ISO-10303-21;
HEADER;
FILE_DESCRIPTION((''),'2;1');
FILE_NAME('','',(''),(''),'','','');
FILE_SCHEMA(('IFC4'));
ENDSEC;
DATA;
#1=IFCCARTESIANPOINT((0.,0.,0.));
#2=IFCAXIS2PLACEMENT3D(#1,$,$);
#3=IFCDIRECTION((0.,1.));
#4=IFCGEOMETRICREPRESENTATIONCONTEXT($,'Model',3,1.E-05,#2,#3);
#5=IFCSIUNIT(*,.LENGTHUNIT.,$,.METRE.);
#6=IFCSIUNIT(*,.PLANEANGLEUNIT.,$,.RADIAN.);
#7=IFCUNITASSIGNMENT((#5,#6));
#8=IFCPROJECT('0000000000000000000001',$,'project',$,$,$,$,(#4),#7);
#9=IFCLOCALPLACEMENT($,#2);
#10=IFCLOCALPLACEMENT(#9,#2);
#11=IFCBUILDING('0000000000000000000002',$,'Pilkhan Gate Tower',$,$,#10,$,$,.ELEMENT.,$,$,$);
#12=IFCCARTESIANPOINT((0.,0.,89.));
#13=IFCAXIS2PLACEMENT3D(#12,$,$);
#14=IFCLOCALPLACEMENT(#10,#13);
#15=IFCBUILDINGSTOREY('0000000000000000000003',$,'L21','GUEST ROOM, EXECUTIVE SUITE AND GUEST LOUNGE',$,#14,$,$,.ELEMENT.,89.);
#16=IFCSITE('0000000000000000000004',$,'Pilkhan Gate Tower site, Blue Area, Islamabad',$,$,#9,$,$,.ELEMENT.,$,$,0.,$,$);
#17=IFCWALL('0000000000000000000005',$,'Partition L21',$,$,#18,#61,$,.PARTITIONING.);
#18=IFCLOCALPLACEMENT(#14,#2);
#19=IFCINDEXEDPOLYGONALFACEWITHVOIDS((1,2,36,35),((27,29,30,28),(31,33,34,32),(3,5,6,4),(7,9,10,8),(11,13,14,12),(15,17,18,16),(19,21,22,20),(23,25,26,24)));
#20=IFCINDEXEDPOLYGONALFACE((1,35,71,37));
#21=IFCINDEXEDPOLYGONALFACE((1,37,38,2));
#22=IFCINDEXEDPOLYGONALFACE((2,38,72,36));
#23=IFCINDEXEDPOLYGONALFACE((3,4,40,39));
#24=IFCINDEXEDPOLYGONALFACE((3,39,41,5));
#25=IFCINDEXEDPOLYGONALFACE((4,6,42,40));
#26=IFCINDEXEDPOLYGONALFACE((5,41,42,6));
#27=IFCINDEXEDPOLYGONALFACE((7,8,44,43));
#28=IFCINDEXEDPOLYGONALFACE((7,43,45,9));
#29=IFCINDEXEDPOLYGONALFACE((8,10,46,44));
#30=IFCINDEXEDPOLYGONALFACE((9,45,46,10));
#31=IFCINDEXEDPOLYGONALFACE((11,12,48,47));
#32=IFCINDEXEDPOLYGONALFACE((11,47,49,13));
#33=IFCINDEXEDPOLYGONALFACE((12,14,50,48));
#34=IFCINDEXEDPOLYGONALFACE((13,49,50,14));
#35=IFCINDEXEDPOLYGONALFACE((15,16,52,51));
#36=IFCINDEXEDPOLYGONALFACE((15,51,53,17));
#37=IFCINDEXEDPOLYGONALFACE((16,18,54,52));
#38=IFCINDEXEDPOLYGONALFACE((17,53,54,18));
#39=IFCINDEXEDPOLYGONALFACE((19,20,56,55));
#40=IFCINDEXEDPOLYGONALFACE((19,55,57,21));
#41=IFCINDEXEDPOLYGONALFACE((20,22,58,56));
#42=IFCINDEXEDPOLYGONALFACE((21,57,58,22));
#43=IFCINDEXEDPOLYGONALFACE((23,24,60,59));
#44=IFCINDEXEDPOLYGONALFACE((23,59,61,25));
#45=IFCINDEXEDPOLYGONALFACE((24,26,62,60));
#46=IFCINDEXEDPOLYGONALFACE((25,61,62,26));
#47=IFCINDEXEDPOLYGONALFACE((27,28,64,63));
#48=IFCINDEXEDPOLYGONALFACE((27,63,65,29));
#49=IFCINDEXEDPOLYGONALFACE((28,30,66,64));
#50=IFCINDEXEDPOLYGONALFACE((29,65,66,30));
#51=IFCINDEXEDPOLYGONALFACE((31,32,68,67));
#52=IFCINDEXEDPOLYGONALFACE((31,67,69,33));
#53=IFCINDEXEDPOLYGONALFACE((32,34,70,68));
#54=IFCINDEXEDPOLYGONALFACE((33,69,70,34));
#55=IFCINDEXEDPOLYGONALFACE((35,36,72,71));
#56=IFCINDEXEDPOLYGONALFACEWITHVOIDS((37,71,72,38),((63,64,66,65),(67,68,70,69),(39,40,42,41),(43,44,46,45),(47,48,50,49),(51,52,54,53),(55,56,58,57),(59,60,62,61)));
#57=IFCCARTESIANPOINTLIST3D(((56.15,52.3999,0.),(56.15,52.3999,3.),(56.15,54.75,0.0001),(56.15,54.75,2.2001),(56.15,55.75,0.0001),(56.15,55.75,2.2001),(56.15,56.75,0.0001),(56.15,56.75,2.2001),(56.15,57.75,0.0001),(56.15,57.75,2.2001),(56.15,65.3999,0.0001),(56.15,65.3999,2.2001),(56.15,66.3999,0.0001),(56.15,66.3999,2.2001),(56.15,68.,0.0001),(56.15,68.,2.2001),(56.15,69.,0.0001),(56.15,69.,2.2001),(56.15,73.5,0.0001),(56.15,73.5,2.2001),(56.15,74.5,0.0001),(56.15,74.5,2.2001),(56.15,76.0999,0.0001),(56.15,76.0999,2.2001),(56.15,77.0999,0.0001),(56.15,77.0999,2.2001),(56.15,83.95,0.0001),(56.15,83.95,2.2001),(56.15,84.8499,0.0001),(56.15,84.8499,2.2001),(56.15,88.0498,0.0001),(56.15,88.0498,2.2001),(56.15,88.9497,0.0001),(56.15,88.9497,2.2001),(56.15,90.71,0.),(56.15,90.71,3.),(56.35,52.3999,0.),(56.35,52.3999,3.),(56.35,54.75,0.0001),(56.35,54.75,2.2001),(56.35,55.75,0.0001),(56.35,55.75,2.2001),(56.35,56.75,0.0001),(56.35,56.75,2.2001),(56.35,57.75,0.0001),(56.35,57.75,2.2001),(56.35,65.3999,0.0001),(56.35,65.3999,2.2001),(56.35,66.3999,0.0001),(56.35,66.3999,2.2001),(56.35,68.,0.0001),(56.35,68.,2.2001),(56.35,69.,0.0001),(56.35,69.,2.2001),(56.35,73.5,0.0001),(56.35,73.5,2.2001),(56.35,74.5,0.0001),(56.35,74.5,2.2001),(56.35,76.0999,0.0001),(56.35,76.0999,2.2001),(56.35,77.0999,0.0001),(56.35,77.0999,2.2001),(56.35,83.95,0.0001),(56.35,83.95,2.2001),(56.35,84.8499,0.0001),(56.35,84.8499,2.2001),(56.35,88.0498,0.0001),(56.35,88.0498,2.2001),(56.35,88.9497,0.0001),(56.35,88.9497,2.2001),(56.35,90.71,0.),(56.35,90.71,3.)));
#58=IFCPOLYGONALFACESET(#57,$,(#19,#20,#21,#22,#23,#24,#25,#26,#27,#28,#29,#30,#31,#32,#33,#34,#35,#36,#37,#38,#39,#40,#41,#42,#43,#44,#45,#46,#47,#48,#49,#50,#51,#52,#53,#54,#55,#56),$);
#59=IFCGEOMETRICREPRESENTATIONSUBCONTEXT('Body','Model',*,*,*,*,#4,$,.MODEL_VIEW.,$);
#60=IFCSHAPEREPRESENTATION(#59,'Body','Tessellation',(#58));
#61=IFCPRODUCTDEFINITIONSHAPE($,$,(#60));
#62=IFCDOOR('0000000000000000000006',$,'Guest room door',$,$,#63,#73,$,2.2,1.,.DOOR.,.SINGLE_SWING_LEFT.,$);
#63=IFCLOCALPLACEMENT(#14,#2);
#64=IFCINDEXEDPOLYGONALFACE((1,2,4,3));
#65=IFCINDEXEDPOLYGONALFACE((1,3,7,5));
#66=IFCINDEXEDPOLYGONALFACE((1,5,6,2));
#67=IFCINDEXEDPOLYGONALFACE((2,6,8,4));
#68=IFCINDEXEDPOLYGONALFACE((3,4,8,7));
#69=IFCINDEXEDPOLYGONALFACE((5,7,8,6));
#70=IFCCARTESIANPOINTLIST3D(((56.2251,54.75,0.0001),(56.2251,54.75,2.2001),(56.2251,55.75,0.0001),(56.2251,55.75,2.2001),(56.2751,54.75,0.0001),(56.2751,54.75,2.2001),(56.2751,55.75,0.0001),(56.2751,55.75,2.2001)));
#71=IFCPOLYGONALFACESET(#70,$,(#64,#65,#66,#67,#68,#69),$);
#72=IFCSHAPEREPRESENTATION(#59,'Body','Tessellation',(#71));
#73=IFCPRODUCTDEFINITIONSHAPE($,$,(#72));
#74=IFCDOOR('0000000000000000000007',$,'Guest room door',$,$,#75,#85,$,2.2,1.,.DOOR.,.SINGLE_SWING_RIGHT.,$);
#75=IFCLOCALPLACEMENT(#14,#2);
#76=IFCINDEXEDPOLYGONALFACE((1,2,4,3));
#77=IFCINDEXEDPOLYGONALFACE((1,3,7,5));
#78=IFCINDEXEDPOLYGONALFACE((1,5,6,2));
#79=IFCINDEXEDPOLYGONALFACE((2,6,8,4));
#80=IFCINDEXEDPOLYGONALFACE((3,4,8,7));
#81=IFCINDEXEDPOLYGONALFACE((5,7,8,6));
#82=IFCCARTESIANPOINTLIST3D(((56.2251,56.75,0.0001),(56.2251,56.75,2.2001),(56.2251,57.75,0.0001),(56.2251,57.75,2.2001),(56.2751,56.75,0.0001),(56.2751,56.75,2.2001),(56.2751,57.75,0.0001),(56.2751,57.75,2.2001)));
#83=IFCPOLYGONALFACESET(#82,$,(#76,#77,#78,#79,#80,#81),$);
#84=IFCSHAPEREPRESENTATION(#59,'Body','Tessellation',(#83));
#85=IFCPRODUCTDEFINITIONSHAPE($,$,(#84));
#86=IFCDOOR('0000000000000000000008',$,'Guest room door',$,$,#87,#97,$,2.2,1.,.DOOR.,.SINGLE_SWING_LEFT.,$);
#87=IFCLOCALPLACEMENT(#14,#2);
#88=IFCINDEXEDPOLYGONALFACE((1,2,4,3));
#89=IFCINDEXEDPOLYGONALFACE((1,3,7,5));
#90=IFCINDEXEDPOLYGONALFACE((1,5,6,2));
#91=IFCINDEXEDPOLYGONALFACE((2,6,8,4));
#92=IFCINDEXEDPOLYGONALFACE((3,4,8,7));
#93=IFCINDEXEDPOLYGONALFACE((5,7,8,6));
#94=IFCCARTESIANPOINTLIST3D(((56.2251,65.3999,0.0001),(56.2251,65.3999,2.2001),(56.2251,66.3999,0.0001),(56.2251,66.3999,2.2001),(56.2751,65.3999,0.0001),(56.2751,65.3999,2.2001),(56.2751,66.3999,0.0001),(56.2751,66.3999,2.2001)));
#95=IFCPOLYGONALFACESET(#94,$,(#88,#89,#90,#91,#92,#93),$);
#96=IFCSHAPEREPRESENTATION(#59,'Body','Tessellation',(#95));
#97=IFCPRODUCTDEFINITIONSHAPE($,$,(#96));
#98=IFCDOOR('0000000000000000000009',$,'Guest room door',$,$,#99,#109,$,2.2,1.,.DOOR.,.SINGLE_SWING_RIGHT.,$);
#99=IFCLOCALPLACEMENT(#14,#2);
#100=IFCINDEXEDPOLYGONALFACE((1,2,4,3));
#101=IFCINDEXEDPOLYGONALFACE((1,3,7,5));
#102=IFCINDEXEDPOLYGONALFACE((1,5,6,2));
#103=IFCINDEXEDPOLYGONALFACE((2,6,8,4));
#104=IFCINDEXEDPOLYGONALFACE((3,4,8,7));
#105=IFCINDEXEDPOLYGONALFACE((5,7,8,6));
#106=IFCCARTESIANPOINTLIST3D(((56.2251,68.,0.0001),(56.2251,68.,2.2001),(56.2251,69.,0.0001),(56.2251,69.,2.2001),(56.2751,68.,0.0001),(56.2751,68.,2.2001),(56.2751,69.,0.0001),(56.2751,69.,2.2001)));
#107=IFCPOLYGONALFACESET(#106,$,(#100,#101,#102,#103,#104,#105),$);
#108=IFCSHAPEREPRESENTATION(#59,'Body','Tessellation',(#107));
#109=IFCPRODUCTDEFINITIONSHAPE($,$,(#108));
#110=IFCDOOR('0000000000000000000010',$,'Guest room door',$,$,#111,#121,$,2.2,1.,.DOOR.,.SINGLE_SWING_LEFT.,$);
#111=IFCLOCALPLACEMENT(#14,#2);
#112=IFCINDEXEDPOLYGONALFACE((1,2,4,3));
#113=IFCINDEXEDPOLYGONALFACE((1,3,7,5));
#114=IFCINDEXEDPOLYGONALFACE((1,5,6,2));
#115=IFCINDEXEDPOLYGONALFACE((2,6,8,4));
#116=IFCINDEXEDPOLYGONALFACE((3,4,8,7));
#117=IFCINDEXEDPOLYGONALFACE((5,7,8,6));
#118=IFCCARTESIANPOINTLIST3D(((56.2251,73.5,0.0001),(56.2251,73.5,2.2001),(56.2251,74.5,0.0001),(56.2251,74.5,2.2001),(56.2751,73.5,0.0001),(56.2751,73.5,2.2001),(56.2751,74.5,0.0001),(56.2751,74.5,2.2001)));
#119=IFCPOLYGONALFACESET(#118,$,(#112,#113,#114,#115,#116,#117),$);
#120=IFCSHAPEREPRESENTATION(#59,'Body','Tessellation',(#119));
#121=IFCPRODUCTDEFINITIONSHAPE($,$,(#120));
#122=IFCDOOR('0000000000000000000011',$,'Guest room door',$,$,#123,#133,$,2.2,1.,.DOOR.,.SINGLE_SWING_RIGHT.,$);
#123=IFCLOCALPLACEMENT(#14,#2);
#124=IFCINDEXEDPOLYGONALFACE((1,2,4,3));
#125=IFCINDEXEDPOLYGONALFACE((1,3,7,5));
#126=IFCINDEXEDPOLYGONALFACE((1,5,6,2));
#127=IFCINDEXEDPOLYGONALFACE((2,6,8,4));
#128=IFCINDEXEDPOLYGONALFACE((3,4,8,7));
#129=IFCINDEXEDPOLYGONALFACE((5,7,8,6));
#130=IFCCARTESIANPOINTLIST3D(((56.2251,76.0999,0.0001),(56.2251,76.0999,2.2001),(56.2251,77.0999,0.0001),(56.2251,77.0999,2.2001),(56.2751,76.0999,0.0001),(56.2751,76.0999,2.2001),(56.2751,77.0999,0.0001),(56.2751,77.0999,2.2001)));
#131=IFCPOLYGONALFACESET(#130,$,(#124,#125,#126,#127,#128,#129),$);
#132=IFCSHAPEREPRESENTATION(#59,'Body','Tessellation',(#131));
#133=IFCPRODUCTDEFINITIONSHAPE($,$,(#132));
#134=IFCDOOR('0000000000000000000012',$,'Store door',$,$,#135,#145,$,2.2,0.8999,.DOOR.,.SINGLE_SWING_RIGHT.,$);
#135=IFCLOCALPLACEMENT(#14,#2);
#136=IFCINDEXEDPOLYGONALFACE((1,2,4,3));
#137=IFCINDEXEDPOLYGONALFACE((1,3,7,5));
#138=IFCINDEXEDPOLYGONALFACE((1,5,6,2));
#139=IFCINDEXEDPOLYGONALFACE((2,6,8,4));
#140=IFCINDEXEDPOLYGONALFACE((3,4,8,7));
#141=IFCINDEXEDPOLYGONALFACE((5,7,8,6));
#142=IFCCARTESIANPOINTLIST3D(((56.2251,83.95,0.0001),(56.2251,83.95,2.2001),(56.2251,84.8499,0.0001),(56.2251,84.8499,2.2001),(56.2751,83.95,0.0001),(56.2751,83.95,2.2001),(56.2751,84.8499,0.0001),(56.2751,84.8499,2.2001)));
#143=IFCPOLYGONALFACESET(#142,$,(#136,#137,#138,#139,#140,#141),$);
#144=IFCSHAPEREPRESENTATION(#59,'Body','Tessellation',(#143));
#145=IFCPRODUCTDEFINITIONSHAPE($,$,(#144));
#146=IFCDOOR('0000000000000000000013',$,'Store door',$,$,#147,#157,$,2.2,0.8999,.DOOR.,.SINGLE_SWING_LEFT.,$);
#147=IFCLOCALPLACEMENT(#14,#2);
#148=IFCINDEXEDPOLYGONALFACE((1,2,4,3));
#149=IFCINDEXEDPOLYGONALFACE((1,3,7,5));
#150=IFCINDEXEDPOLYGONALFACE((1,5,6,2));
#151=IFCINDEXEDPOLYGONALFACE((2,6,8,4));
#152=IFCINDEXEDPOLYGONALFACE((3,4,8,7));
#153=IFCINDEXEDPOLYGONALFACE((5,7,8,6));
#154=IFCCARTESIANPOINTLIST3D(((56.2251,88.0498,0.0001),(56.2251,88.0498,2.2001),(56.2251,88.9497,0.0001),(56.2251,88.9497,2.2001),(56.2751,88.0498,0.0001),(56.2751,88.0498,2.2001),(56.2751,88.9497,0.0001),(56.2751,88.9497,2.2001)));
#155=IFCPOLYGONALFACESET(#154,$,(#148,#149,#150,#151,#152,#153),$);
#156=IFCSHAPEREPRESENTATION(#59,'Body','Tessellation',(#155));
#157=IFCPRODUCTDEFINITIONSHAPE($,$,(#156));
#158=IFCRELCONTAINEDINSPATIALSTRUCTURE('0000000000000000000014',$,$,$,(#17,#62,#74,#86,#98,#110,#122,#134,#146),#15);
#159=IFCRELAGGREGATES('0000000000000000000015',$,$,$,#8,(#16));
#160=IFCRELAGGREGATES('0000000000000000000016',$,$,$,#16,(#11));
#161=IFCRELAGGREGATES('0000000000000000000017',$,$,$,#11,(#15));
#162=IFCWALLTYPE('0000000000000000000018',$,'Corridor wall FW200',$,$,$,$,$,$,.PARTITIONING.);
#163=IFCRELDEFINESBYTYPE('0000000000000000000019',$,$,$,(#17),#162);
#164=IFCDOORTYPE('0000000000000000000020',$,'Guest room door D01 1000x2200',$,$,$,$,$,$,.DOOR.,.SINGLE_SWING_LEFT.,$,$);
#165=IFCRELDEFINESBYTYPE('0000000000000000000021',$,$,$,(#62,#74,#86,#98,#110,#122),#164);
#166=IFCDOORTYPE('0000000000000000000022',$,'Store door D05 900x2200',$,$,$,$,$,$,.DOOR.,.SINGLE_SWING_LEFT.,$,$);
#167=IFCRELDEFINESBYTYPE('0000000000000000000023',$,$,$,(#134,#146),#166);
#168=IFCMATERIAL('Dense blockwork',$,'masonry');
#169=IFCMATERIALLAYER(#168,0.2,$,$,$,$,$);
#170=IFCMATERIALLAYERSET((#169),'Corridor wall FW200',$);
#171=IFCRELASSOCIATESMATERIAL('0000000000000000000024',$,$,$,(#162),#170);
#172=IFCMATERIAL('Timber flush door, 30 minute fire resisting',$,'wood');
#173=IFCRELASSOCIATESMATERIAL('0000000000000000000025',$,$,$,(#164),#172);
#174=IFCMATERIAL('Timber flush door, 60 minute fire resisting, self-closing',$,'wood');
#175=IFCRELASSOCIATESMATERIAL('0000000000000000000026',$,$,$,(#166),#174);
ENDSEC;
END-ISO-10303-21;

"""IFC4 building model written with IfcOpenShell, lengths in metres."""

from ifc_helpers import new_model, si_unit, direction, frame, frame_2d, origin, place, context, subcontext, project, spatial, rectangle, extrude, material, layer, layer_set, type_object, element, fill, save


model = new_model("IFC4")

# Units and contexts
model_context = context("Model", 3, precision=1e-05, world=origin(), true_north=direction((0.0, 1.0)))
body_context = subcontext(model_context, "Body", "Model", "MODEL_VIEW")
ifc_project = project(units=[si_unit("LENGTHUNIT", "METRE"), si_unit("PLANEANGLEUNIT", "RADIAN")], contexts=[model_context])

# Site, building, storey
site_placement = place(None, origin())
site = spatial("IfcSite", under=ifc_project, at=site_placement, Name="Pilkhan Gate Tower site, Blue Area, Islamabad", CompositionType="ELEMENT", RefElevation=0.0)
building_placement = place(site_placement, origin())
building = spatial("IfcBuilding", under=site, at=building_placement, Name="Pilkhan Gate Tower", CompositionType="ELEMENT")
storey_placement = place(building_placement, frame((0.0, 0.0, 89.0)))
storey = spatial("IfcBuildingStorey", under=building, at=storey_placement, Name="L21", Description="GUEST ROOM, EXECUTIVE SUITE AND GUEST LOUNGE", CompositionType="ELEMENT", Elevation=89.0)

# Wall, openings, doors
ifc_material_1 = material(Name="Dense blockwork", Category="masonry")
ifc_layer_1 = layer(ifc_material_1, 0.2)
ifc_layer_set_1 = layer_set([ifc_layer_1], Name="Corridor wall FW200")
wall_type_1 = type_object("IfcWallType", Name="Corridor wall FW200", PredefinedType="PARTITIONING", material=ifc_layer_set_1)
ifc_material_2 = material(Name="Timber flush door, 30 minute fire resisting", Category="wood")
wall_1_placement = place(storey_placement, frame((56.25, 52.3999, 0.0), z_axis=(0.0, 0.0, 1.0), x_axis=(0.0, 1.0, 0.0)))
wall_1 = element("IfcWall", 1, at=wall_1_placement, inside=storey, type_object=wall_type_1, Name="Partition L21", PredefinedType="PARTITIONING", context=body_context, shape_type="SweptSolid", body=[
    extrude(rectangle(XDim=38.3101, YDim=0.2, at=frame_2d((19.155, 0.0))), origin(), (0.0, 0.0, 1.0), 3.0),
])
opening_1_placement = place(wall_1_placement, frame((2.3501, 0.0, 0.0)))
opening_1 = element("IfcOpeningElement", 2, at=opening_1_placement, cuts=wall_1, PredefinedType="OPENING", context=body_context, shape_type="SweptSolid", body=[
    extrude(rectangle(XDim=1.0, YDim=2.2, at=frame_2d((0.5, 1.1001))), frame((0.0, 0.1099, 0.0), z_axis=(0.0, -1.0, 0.0), x_axis=(1.0, 0.0, 0.0)), (0.0, 0.0, 1.0), 0.22),
])
opening_2_placement = place(wall_1_placement, frame((4.3501, 0.0, 0.0)))
opening_2 = element("IfcOpeningElement", 3, at=opening_2_placement, cuts=wall_1, PredefinedType="OPENING", context=body_context, shape_type="SweptSolid", body=[
    extrude(rectangle(XDim=1.0, YDim=2.2, at=frame_2d((0.5, 1.1001))), frame((0.0, 0.1099, 0.0), z_axis=(0.0, -1.0, 0.0), x_axis=(1.0, 0.0, 0.0)), (0.0, 0.0, 1.0), 0.22),
])
opening_3_placement = place(wall_1_placement, frame((13.0, 0.0, 0.0)))
opening_3 = element("IfcOpeningElement", 4, at=opening_3_placement, cuts=wall_1, PredefinedType="OPENING", context=body_context, shape_type="SweptSolid", body=[
    extrude(rectangle(XDim=1.0, YDim=2.2, at=frame_2d((0.5, 1.1001))), frame((0.0, 0.1099, 0.0), z_axis=(0.0, -1.0, 0.0), x_axis=(1.0, 0.0, 0.0)), (0.0, 0.0, 1.0), 0.22),
])
opening_4_placement = place(wall_1_placement, frame((15.6001, 0.0, 0.0)))
opening_4 = element("IfcOpeningElement", 5, at=opening_4_placement, cuts=wall_1, PredefinedType="OPENING", context=body_context, shape_type="SweptSolid", body=[
    extrude(rectangle(XDim=1.0, YDim=2.2, at=frame_2d((0.5, 1.1001))), frame((0.0, 0.1099, 0.0), z_axis=(0.0, -1.0, 0.0), x_axis=(1.0, 0.0, 0.0)), (0.0, 0.0, 1.0), 0.22),
])
opening_5_placement = place(wall_1_placement, frame((21.1001, 0.0, 0.0)))
opening_5 = element("IfcOpeningElement", 6, at=opening_5_placement, cuts=wall_1, PredefinedType="OPENING", context=body_context, shape_type="SweptSolid", body=[
    extrude(rectangle(XDim=1.0, YDim=2.2, at=frame_2d((0.5, 1.1001))), frame((0.0, 0.1099, 0.0), z_axis=(0.0, -1.0, 0.0), x_axis=(1.0, 0.0, 0.0)), (0.0, 0.0, 1.0), 0.22),
])
opening_6_placement = place(wall_1_placement, frame((23.7, 0.0, 0.0)))
opening_6 = element("IfcOpeningElement", 7, at=opening_6_placement, cuts=wall_1, PredefinedType="OPENING", context=body_context, shape_type="SweptSolid", body=[
    extrude(rectangle(XDim=1.0, YDim=2.2, at=frame_2d((0.5, 1.1001))), frame((0.0, 0.1099, 0.0), z_axis=(0.0, -1.0, 0.0), x_axis=(1.0, 0.0, 0.0)), (0.0, 0.0, 1.0), 0.22),
])
opening_7_placement = place(wall_1_placement, frame((31.55, 0.0, 0.0)))
opening_7 = element("IfcOpeningElement", 8, at=opening_7_placement, cuts=wall_1, PredefinedType="OPENING", context=body_context, shape_type="SweptSolid", body=[
    extrude(rectangle(XDim=0.8999, YDim=2.2, at=frame_2d((0.45, 1.1001))), frame((0.0, 0.1099, 0.0), z_axis=(0.0, -1.0, 0.0), x_axis=(1.0, 0.0, 0.0)), (0.0, 0.0, 1.0), 0.22),
])
opening_8_placement = place(wall_1_placement, frame((35.6499, 0.0, 0.0)))
opening_8 = element("IfcOpeningElement", 9, at=opening_8_placement, cuts=wall_1, PredefinedType="OPENING", context=body_context, shape_type="SweptSolid", body=[
    extrude(rectangle(XDim=0.8999, YDim=2.2, at=frame_2d((0.45, 1.1001))), frame((0.0, 0.1099, 0.0), z_axis=(0.0, -1.0, 0.0), x_axis=(1.0, 0.0, 0.0)), (0.0, 0.0, 1.0), 0.22),
])
door_type_1 = type_object("IfcDoorType", Name="Guest room door D01 1000x2200", OperationType="SINGLE_SWING_LEFT", PredefinedType="DOOR", material=ifc_material_2)
door_1_placement = place(opening_1_placement, origin())
door_1 = element("IfcDoor", 10, at=door_1_placement, inside=storey, type_object=door_type_1, Name="Guest room door", OperationType="SINGLE_SWING_LEFT", OverallHeight=2.2, OverallWidth=1.0, PredefinedType="DOOR", context=body_context, shape_type="SweptSolid", body=[
    extrude(rectangle(XDim=1.0, YDim=2.2, at=frame_2d((0.5, 1.1001))), frame((0.0, 0.0249, 0.0), z_axis=(0.0, -1.0, 0.0), x_axis=(1.0, 0.0, 0.0)), (0.0, 0.0, 1.0), 0.05),
])
fill(opening_1, door_1)
door_2_placement = place(opening_2_placement, origin())
door_2 = element("IfcDoor", 11, at=door_2_placement, inside=storey, type_object=door_type_1, Name="Guest room door", OperationType="SINGLE_SWING_RIGHT", OverallHeight=2.2, OverallWidth=1.0, PredefinedType="DOOR", context=body_context, shape_type="SweptSolid", body=[
    extrude(rectangle(XDim=1.0, YDim=2.2, at=frame_2d((0.5, 1.1001))), frame((0.0, 0.0249, 0.0), z_axis=(0.0, -1.0, 0.0), x_axis=(1.0, 0.0, 0.0)), (0.0, 0.0, 1.0), 0.05),
])
fill(opening_2, door_2)
door_3_placement = place(opening_3_placement, origin())
door_3 = element("IfcDoor", 12, at=door_3_placement, inside=storey, type_object=door_type_1, Name="Guest room door", OperationType="SINGLE_SWING_LEFT", OverallHeight=2.2, OverallWidth=1.0, PredefinedType="DOOR", context=body_context, shape_type="SweptSolid", body=[
    extrude(rectangle(XDim=1.0, YDim=2.2, at=frame_2d((0.5, 1.1001))), frame((0.0, 0.0249, 0.0), z_axis=(0.0, -1.0, 0.0), x_axis=(1.0, 0.0, 0.0)), (0.0, 0.0, 1.0), 0.05),
])
fill(opening_3, door_3)
door_4_placement = place(opening_4_placement, origin())
door_4 = element("IfcDoor", 13, at=door_4_placement, inside=storey, type_object=door_type_1, Name="Guest room door", OperationType="SINGLE_SWING_RIGHT", OverallHeight=2.2, OverallWidth=1.0, PredefinedType="DOOR", context=body_context, shape_type="SweptSolid", body=[
    extrude(rectangle(XDim=1.0, YDim=2.2, at=frame_2d((0.5, 1.1001))), frame((0.0, 0.0249, 0.0), z_axis=(0.0, -1.0, 0.0), x_axis=(1.0, 0.0, 0.0)), (0.0, 0.0, 1.0), 0.05),
])
fill(opening_4, door_4)
door_5_placement = place(opening_5_placement, origin())
door_5 = element("IfcDoor", 14, at=door_5_placement, inside=storey, type_object=door_type_1, Name="Guest room door", OperationType="SINGLE_SWING_LEFT", OverallHeight=2.2, OverallWidth=1.0, PredefinedType="DOOR", context=body_context, shape_type="SweptSolid", body=[
    extrude(rectangle(XDim=1.0, YDim=2.2, at=frame_2d((0.5, 1.1001))), frame((0.0, 0.0249, 0.0), z_axis=(0.0, -1.0, 0.0), x_axis=(1.0, 0.0, 0.0)), (0.0, 0.0, 1.0), 0.05),
])
fill(opening_5, door_5)
door_6_placement = place(opening_6_placement, origin())
door_6 = element("IfcDoor", 15, at=door_6_placement, inside=storey, type_object=door_type_1, Name="Guest room door", OperationType="SINGLE_SWING_RIGHT", OverallHeight=2.2, OverallWidth=1.0, PredefinedType="DOOR", context=body_context, shape_type="SweptSolid", body=[
    extrude(rectangle(XDim=1.0, YDim=2.2, at=frame_2d((0.5, 1.1001))), frame((0.0, 0.0249, 0.0), z_axis=(0.0, -1.0, 0.0), x_axis=(1.0, 0.0, 0.0)), (0.0, 0.0, 1.0), 0.05),
])
fill(opening_6, door_6)
ifc_material_3 = material(Name="Timber flush door, 60 minute fire resisting, self-closing", Category="wood")
door_type_2 = type_object("IfcDoorType", Name="Store door D05 900x2200", OperationType="SINGLE_SWING_LEFT", PredefinedType="DOOR", material=ifc_material_3)
door_7_placement = place(opening_7_placement, origin())
door_7 = element("IfcDoor", 16, at=door_7_placement, inside=storey, type_object=door_type_2, Name="Store door", OperationType="SINGLE_SWING_RIGHT", OverallHeight=2.2, OverallWidth=0.8999, PredefinedType="DOOR", context=body_context, shape_type="SweptSolid", body=[
    extrude(rectangle(XDim=0.8999, YDim=2.2, at=frame_2d((0.45, 1.1001))), frame((0.0, 0.0249, 0.0), z_axis=(0.0, -1.0, 0.0), x_axis=(1.0, 0.0, 0.0)), (0.0, 0.0, 1.0), 0.05),
])
fill(opening_7, door_7)
door_8_placement = place(opening_8_placement, origin())
door_8 = element("IfcDoor", 17, at=door_8_placement, inside=storey, type_object=door_type_2, Name="Store door", OperationType="SINGLE_SWING_LEFT", OverallHeight=2.2, OverallWidth=0.8999, PredefinedType="DOOR", context=body_context, shape_type="SweptSolid", body=[
    extrude(rectangle(XDim=0.8999, YDim=2.2, at=frame_2d((0.45, 1.1001))), frame((0.0, 0.0249, 0.0), z_axis=(0.0, -1.0, 0.0), x_axis=(1.0, 0.0, 0.0)), (0.0, 0.0, 1.0), 0.05),
])
fill(opening_8, door_8)

save(model, "model.ifc")
